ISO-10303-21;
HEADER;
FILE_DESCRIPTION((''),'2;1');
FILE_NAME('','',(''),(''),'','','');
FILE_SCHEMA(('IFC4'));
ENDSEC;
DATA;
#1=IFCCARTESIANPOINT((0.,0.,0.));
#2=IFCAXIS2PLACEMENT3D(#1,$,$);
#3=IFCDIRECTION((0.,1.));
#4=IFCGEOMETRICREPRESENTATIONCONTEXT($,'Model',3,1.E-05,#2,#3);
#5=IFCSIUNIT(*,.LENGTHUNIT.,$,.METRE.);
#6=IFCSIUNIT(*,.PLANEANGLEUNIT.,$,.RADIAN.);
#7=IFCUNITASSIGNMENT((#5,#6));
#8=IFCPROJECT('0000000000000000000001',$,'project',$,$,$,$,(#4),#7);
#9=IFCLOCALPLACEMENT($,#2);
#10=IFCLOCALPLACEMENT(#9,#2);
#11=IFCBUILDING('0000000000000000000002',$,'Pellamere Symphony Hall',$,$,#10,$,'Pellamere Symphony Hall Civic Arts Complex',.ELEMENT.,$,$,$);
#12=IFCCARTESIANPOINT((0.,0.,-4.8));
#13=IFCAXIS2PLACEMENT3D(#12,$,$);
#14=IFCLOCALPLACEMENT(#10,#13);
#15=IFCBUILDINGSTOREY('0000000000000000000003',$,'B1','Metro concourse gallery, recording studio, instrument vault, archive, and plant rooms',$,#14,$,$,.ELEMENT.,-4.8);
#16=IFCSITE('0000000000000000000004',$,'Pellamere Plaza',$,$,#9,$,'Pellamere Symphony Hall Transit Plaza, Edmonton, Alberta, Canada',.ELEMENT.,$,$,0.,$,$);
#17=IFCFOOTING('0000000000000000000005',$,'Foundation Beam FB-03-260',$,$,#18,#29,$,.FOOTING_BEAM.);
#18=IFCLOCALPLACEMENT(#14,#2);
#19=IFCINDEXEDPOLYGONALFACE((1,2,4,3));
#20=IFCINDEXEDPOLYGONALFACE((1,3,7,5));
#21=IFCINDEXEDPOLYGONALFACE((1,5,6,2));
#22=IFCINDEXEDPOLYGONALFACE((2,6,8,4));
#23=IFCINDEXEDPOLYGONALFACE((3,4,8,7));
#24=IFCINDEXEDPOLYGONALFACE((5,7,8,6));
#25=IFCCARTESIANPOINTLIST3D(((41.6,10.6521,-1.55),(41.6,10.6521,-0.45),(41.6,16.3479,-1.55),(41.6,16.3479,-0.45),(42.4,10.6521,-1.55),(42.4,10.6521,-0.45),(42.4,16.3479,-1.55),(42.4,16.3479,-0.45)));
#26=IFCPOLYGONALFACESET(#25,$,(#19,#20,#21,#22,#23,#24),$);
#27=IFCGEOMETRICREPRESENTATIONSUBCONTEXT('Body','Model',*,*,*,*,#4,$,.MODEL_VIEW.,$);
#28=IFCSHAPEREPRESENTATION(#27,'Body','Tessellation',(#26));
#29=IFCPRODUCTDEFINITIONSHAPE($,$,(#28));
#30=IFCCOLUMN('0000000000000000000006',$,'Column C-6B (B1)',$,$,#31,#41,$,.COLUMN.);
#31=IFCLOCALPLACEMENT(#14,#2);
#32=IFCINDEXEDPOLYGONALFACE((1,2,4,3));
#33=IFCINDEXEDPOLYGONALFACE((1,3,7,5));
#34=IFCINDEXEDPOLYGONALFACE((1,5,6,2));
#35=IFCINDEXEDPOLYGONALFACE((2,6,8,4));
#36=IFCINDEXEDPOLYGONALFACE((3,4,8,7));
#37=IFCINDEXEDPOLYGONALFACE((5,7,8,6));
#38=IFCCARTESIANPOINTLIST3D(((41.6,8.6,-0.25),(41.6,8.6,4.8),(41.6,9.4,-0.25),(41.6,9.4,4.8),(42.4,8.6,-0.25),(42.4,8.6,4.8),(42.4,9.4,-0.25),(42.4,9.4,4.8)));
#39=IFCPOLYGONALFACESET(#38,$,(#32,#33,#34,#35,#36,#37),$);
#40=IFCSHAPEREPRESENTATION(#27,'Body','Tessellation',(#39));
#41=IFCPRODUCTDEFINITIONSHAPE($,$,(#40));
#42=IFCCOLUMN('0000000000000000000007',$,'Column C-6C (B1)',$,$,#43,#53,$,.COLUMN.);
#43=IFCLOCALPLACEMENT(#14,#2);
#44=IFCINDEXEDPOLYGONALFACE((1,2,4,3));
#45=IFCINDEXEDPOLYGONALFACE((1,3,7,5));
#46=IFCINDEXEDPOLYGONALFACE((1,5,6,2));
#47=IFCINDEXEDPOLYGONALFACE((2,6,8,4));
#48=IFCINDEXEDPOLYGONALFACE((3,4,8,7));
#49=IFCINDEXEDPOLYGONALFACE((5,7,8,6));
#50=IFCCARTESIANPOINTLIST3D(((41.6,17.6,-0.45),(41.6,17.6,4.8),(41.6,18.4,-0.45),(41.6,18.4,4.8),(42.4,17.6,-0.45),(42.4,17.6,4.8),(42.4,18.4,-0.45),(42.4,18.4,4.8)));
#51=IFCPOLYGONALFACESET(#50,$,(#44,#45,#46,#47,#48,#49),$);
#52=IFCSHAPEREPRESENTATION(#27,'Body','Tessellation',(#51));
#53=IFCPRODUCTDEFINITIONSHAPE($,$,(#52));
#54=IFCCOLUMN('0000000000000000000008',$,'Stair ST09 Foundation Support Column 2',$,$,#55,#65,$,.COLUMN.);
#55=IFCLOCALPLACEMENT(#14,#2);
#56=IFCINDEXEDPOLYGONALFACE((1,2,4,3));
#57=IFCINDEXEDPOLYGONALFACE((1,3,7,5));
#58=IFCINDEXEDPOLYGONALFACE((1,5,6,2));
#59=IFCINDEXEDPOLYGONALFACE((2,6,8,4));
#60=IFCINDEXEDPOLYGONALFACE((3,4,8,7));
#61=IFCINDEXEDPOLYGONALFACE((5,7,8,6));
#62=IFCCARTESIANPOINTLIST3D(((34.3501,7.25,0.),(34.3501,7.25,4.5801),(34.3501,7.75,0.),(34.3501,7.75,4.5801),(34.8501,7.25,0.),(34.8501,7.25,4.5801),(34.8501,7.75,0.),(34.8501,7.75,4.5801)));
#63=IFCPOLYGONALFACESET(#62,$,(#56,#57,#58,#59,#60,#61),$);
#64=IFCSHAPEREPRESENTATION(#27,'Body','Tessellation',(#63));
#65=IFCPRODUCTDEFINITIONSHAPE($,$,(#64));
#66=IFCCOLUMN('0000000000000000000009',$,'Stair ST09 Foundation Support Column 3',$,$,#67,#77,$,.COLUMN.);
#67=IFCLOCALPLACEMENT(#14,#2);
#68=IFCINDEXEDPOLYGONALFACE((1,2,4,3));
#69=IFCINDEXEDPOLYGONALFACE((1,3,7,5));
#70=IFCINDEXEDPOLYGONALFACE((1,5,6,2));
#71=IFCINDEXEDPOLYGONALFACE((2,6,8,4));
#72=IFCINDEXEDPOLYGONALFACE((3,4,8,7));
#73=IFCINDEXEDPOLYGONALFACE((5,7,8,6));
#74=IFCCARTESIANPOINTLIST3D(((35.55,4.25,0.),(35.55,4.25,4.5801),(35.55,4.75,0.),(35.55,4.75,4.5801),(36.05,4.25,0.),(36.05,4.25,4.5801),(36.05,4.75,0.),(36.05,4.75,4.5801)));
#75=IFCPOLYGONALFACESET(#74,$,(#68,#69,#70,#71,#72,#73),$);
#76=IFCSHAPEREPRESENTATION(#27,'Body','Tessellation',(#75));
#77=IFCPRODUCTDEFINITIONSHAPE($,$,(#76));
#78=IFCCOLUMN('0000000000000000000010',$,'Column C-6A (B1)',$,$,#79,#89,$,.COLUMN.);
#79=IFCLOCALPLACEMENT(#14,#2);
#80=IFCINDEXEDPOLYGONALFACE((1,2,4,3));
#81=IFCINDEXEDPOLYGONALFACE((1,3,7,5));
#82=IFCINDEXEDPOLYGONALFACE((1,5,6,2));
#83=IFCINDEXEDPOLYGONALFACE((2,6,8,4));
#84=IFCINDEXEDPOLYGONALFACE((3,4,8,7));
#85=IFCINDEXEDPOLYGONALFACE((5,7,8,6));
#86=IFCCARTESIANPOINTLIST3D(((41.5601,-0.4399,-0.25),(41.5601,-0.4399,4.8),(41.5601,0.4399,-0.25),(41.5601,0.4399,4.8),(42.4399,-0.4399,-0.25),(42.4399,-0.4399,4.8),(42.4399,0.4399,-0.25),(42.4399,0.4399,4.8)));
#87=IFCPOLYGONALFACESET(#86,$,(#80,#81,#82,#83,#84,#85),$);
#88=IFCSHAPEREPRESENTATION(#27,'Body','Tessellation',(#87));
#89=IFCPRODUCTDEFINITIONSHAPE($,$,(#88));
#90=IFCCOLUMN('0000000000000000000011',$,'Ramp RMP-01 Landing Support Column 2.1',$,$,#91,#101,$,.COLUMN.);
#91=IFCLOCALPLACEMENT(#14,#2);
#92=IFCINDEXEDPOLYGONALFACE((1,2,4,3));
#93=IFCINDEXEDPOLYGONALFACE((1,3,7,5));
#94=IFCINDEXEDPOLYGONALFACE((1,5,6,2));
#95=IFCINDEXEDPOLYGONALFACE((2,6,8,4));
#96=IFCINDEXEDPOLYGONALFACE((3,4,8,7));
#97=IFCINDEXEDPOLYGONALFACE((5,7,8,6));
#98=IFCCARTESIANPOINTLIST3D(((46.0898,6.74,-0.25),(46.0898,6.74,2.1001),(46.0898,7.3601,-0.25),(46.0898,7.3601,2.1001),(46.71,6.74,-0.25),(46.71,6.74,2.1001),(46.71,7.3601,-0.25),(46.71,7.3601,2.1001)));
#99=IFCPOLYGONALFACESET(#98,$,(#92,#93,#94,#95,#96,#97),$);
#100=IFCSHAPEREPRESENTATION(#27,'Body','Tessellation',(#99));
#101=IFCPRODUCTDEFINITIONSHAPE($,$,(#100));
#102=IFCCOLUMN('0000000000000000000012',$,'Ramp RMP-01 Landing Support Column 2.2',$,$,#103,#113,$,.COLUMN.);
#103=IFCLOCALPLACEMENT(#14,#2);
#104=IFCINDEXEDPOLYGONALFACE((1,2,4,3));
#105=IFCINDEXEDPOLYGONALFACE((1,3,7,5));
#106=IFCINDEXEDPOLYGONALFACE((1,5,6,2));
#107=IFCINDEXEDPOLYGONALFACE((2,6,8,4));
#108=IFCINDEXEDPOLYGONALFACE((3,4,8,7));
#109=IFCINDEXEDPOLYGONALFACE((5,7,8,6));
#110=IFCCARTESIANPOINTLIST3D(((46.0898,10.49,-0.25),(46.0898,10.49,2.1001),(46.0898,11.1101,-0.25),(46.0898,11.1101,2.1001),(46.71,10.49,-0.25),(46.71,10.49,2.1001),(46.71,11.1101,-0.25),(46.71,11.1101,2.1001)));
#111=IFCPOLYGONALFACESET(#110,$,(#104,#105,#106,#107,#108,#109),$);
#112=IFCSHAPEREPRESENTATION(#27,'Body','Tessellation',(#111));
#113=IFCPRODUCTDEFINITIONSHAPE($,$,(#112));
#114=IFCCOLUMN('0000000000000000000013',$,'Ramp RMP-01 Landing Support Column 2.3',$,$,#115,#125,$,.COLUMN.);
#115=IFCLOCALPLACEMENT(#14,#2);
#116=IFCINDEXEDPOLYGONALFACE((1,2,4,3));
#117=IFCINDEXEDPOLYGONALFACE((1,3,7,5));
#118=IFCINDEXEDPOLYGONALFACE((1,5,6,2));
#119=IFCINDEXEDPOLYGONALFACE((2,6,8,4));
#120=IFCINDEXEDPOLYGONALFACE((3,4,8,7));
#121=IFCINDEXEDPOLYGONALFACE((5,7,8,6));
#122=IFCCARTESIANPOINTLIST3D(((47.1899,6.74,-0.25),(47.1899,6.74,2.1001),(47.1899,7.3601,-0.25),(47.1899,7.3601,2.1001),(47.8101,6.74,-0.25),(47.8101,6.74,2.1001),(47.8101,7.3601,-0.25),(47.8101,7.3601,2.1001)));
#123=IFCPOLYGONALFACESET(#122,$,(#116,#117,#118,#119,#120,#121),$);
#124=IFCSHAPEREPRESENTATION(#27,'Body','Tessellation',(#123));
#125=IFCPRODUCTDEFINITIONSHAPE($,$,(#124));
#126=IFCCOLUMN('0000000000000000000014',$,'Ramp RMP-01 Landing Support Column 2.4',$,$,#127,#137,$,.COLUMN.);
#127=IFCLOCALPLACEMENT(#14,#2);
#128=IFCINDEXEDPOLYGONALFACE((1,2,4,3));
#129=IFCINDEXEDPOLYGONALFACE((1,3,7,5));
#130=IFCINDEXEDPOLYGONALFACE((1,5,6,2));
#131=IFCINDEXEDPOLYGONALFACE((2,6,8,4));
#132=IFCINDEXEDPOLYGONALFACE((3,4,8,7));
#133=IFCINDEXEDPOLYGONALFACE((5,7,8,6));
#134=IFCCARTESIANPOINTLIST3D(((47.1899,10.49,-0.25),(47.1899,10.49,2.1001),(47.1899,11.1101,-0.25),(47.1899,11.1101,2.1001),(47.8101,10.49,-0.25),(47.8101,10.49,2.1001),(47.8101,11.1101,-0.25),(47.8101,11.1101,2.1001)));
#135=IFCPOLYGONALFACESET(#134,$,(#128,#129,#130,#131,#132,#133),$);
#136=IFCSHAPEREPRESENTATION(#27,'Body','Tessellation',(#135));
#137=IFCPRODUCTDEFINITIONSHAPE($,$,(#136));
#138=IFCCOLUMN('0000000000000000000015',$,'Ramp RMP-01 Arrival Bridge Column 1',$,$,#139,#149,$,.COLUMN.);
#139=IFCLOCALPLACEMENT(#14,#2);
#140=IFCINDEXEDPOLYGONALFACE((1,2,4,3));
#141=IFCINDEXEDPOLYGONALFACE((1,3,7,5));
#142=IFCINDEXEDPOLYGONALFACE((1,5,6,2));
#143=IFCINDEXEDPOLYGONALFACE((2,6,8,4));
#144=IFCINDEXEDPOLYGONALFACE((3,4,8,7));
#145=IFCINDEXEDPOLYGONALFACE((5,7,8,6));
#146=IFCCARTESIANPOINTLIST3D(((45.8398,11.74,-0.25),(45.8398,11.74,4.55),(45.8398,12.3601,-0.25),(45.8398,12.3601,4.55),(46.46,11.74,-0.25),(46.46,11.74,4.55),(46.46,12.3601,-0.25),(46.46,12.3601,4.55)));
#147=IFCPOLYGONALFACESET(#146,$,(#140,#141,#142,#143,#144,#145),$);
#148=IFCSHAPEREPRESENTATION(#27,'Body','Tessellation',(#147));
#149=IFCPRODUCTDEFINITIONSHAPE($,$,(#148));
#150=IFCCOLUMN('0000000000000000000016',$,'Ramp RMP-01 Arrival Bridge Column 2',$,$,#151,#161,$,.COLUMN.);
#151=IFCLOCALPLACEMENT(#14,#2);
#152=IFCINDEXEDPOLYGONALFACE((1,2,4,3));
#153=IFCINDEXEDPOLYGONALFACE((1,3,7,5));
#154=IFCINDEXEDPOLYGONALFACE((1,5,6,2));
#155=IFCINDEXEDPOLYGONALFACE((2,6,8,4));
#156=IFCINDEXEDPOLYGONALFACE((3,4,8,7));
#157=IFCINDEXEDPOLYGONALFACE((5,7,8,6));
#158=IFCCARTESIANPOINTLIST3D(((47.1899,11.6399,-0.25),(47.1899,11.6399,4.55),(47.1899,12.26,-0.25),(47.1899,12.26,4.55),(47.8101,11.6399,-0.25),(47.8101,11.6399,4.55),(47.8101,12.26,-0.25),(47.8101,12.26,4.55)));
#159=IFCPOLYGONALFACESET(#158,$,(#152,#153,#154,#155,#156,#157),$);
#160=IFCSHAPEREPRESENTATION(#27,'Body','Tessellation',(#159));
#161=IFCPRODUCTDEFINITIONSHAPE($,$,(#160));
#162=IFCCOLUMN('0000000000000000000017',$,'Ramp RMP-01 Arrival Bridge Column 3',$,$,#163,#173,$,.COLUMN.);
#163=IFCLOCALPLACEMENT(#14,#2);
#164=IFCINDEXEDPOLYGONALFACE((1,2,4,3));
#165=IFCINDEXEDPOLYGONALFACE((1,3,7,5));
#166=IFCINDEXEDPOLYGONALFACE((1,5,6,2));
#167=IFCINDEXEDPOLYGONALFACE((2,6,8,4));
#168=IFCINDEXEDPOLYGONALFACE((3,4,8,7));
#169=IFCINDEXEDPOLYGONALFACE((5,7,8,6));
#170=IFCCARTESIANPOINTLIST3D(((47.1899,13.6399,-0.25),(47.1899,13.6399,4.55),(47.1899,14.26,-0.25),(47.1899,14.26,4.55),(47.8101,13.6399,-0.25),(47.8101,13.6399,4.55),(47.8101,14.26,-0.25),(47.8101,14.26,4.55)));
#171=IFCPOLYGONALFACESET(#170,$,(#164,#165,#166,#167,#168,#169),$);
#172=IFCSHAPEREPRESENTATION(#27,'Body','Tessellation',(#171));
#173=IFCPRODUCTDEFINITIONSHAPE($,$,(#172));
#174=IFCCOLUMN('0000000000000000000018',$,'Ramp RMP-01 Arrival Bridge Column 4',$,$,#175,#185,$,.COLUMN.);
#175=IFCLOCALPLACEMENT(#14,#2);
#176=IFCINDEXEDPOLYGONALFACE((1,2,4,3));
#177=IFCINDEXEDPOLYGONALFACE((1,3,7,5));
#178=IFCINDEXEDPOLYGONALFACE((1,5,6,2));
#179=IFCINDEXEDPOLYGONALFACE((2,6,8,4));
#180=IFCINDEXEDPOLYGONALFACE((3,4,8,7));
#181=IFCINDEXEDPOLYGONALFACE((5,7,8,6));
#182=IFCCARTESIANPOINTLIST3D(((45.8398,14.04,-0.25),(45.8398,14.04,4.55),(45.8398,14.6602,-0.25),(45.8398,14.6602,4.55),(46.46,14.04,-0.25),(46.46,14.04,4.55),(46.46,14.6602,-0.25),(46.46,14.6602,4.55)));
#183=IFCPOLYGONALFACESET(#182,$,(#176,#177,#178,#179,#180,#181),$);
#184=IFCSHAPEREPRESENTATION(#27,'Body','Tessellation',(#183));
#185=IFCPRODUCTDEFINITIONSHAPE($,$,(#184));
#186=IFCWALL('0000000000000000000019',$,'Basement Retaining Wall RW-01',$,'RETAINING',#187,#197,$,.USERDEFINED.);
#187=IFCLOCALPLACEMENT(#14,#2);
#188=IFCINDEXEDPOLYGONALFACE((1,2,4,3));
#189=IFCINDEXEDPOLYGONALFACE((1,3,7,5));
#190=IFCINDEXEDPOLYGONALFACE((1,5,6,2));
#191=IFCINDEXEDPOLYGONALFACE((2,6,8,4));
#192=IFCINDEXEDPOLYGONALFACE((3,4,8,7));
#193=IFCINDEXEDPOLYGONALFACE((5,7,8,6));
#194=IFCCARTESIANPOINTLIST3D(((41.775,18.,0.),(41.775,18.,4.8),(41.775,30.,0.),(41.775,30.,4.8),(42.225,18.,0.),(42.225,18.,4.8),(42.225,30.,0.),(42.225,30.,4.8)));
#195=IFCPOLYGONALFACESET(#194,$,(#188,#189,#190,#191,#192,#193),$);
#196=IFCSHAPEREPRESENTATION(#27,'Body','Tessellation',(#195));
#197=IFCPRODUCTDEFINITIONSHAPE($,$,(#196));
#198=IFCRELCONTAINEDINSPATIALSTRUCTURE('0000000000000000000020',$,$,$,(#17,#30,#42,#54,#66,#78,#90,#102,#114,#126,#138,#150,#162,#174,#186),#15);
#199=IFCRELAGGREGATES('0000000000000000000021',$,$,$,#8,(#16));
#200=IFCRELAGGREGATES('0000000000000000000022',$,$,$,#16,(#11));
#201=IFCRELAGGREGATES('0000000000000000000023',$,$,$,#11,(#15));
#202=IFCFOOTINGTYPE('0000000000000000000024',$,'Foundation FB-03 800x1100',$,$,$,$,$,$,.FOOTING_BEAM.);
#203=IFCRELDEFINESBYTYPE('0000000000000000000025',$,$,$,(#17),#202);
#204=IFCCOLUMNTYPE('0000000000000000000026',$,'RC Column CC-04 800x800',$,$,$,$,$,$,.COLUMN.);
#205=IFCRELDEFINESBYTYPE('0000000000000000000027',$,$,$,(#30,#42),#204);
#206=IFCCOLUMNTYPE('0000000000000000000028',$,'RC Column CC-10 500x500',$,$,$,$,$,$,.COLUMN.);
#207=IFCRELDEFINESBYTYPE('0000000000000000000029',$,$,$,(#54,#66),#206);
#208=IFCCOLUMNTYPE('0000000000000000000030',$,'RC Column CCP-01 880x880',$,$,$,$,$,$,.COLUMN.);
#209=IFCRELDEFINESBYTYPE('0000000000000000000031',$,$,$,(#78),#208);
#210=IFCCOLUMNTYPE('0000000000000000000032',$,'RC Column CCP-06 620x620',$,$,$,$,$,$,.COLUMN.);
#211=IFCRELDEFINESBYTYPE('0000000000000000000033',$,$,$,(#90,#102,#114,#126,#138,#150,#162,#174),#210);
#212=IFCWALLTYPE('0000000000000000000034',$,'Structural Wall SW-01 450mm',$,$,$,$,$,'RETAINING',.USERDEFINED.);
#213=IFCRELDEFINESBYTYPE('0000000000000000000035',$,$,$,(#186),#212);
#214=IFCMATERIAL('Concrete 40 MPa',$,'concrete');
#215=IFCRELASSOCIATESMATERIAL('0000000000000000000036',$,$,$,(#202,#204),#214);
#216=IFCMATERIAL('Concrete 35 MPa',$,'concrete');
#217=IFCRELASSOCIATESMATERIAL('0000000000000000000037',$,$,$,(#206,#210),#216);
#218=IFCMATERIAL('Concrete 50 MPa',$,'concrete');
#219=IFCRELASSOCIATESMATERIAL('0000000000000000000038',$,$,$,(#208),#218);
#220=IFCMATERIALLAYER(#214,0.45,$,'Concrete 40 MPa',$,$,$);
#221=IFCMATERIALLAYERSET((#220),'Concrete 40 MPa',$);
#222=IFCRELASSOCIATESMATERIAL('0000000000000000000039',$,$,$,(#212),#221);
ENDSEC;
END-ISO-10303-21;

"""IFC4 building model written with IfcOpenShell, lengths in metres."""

from ifc_helpers import new_model, si_unit, direction, frame, frame_2d, origin, origin_2d, place, context, subcontext, project, spatial, rectangle, extrude, material, layer, layer_set, material_profile, profile_set, type_object, element, save


model = new_model("IFC4")

# Units and contexts
model_context = context("Model", 3, precision=1e-05, world=origin(), true_north=direction((0.0, 1.0)))
body_context = subcontext(model_context, "Body", "Model", "MODEL_VIEW")
ifc_project = project(units=[si_unit("LENGTHUNIT", "METRE"), si_unit("PLANEANGLEUNIT", "RADIAN")], contexts=[model_context])

# Site, building, storey
site_placement = place(None, origin())
site = spatial("IfcSite", under=ifc_project, at=site_placement, Name="Pellamere Plaza", LongName="Pellamere Symphony Hall Transit Plaza, Edmonton, Alberta, Canada", CompositionType="ELEMENT", RefElevation=0.0)
building_placement = place(site_placement, origin())
building = spatial("IfcBuilding", under=site, at=building_placement, Name="Pellamere Symphony Hall", LongName="Pellamere Symphony Hall Civic Arts Complex", CompositionType="ELEMENT")
storey_placement = place(building_placement, frame((0.0, 0.0, -4.8)))
storey = spatial("IfcBuildingStorey", under=building, at=storey_placement, Name="B1", Description="Metro concourse gallery, recording studio, instrument vault, archive, and plant rooms", CompositionType="ELEMENT", Elevation=-4.8)

# Shared definitions
ifc_material_1 = material(Name="Concrete 35 MPa", Category="concrete")

# Footing
ifc_material_2 = material(Name="Concrete 40 MPa", Category="concrete")
ifc_material_profile_1 = material_profile(ifc_material_2, rectangle(XDim=0.8, YDim=1.1001, at=origin_2d()), Name="RC 800x1100")
ifc_profile_set_1 = profile_set([ifc_material_profile_1], Name="Concrete 40 MPa")
footing_type_1 = type_object("IfcFootingType", Name="Foundation FB-03 800x1100", PredefinedType="FOOTING_BEAM", material=ifc_profile_set_1)
for number, where, z_axis, x_axis, name in (
    (1, (42.0, 10.6521, -1.0), (0.0, 1.0, 0.0), (-1.0, 0.0, 0.0), "Foundation Beam FB-03-260"),
):
    element("IfcFooting", number, at=place(storey_placement, frame(where, z_axis=z_axis, x_axis=x_axis)), inside=storey, type_object=footing_type_1, Name=name, PredefinedType="FOOTING_BEAM", context=body_context, shape_type="SweptSolid", body=[
        extrude(rectangle(XDim=0.8, YDim=1.1001, at=origin_2d()), origin(), (0.0, 0.0, 1.0), 5.6958),
    ])

# Columns
ifc_material_profile_2 = material_profile(ifc_material_2, rectangle(XDim=0.8, YDim=0.8, at=origin_2d()), Name="RC 800x800")
ifc_profile_set_2 = profile_set([ifc_material_profile_2], Name="Concrete 40 MPa")
column_type_1 = type_object("IfcColumnType", Name="RC Column CC-04 800x800", PredefinedType="COLUMN", material=ifc_profile_set_2)
column_1_placement = place(storey_placement, frame((42.0, 9.0, -0.25), z_axis=(0.0, 0.0, 1.0), x_axis=(1.0, 0.0, 0.0)))
element("IfcColumn", 2, at=column_1_placement, inside=storey, type_object=column_type_1, Name="Column C-6B (B1)", PredefinedType="COLUMN", context=body_context, shape_type="SweptSolid", body=[
    extrude(rectangle(XDim=0.8, YDim=0.8, at=origin_2d()), origin(), (0.0, 0.0, 1.0), 5.05),
])
column_2_placement = place(storey_placement, frame((42.0, 18.0, -0.45), z_axis=(0.0, 0.0, 1.0), x_axis=(1.0, 0.0, 0.0)))
element("IfcColumn", 3, at=column_2_placement, inside=storey, type_object=column_type_1, Name="Column C-6C (B1)", PredefinedType="COLUMN", context=body_context, shape_type="SweptSolid", body=[
    extrude(rectangle(XDim=0.8, YDim=0.8, at=origin_2d()), origin(), (0.0, 0.0, 1.0), 5.25),
])
ifc_material_profile_3 = material_profile(ifc_material_1, rectangle(XDim=0.5, YDim=0.5, at=origin_2d()), Name="RC 500x500")
ifc_profile_set_3 = profile_set([ifc_material_profile_3], Name="Concrete 35 MPa")
column_type_2 = type_object("IfcColumnType", Name="RC Column CC-10 500x500", PredefinedType="COLUMN", material=ifc_profile_set_3)
for number, where, z_axis, x_axis, name in (
    (4, (34.6001, 7.5, 0.0), (0.0, 0.0, 1.0), (1.0, 0.0, 0.0), "Stair ST09 Foundation Support Column 2"),
    (5, (35.8, 4.5, 0.0), (0.0, 0.0, 1.0), (1.0, 0.0, 0.0), "Stair ST09 Foundation Support Column 3"),
):
    element("IfcColumn", number, at=place(storey_placement, frame(where, z_axis=z_axis, x_axis=x_axis)), inside=storey, type_object=column_type_2, Name=name, PredefinedType="COLUMN", context=body_context, shape_type="SweptSolid", body=[
        extrude(rectangle(XDim=0.5, YDim=0.5, at=origin_2d()), origin(), (0.0, 0.0, 1.0), 4.5801),
    ])
ifc_material_3 = material(Name="Concrete 50 MPa", Category="concrete")
ifc_material_profile_4 = material_profile(ifc_material_3, rectangle(XDim=0.8799, YDim=0.8799, at=origin_2d()), Name="RC 880x880")
ifc_profile_set_4 = profile_set([ifc_material_profile_4], Name="Concrete 50 MPa")
column_type_3 = type_object("IfcColumnType", Name="RC Column CCP-01 880x880", PredefinedType="COLUMN", material=ifc_profile_set_4)
column_3_placement = place(storey_placement, frame((42.0, 0.0, -0.25), z_axis=(0.0, 0.0, 1.0), x_axis=(1.0, 0.0, 0.0)))
element("IfcColumn", 6, at=column_3_placement, inside=storey, type_object=column_type_3, Name="Column C-6A (B1)", PredefinedType="COLUMN", context=body_context, shape_type="SweptSolid", body=[
    extrude(rectangle(XDim=0.8799, YDim=0.8799, at=origin_2d()), origin(), (0.0, 0.0, 1.0), 5.05),
])
ifc_material_profile_5 = material_profile(ifc_material_1, rectangle(XDim=0.6201, YDim=0.6201, at=origin_2d()), Name="RC 620x620")
ifc_profile_set_5 = profile_set([ifc_material_profile_5], Name="Concrete 35 MPa")
column_type_4 = type_object("IfcColumnType", Name="RC Column CCP-06 620x620", PredefinedType="COLUMN", material=ifc_profile_set_5)
for number, where, z_axis, x_axis, name in (
    (7, (46.3999, 7.05, -0.25), (0.0, 0.0, 1.0), (1.0, 0.0, 0.0), "Ramp RMP-01 Landing Support Column 2.1"),
    (8, (46.3999, 10.8, -0.25), (0.0, 0.0, 1.0), (1.0, 0.0, 0.0), "Ramp RMP-01 Landing Support Column 2.2"),
    (9, (47.5, 7.05, -0.25), (0.0, 0.0, 1.0), (1.0, 0.0, 0.0), "Ramp RMP-01 Landing Support Column 2.3"),
    (10, (47.5, 10.8, -0.25), (0.0, 0.0, 1.0), (1.0, 0.0, 0.0), "Ramp RMP-01 Landing Support Column 2.4"),
):
    element("IfcColumn", number, at=place(storey_placement, frame(where, z_axis=z_axis, x_axis=x_axis)), inside=storey, type_object=column_type_4, Name=name, PredefinedType="COLUMN", context=body_context, shape_type="SweptSolid", body=[
        extrude(rectangle(XDim=0.6201, YDim=0.6201, at=origin_2d()), origin(), (0.0, 0.0, 1.0), 2.3501),
    ])
for number, where, z_axis, x_axis, name in (
    (11, (46.1499, 12.05, -0.25), (0.0, 0.0, 1.0), (1.0, 0.0, 0.0), "Ramp RMP-01 Arrival Bridge Column 1"),
    (12, (47.5, 11.95, -0.25), (0.0, 0.0, 1.0), (1.0, 0.0, 0.0), "Ramp RMP-01 Arrival Bridge Column 2"),
    (13, (47.5, 13.95, -0.25), (0.0, 0.0, 1.0), (1.0, 0.0, 0.0), "Ramp RMP-01 Arrival Bridge Column 3"),
    (14, (46.1499, 14.3501, -0.25), (0.0, 0.0, 1.0), (1.0, 0.0, 0.0), "Ramp RMP-01 Arrival Bridge Column 4"),
):
    element("IfcColumn", number, at=place(storey_placement, frame(where, z_axis=z_axis, x_axis=x_axis)), inside=storey, type_object=column_type_4, Name=name, PredefinedType="COLUMN", context=body_context, shape_type="SweptSolid", body=[
        extrude(rectangle(XDim=0.6201, YDim=0.6201, at=origin_2d()), origin(), (0.0, 0.0, 1.0), 4.8),
    ])

# Wall
ifc_layer = layer(ifc_material_2, 0.45, Name="Concrete 40 MPa")
ifc_layer_set = layer_set([ifc_layer], Name="Concrete 40 MPa")
wall_type = type_object("IfcWallType", Name="Structural Wall SW-01 450mm", ElementType="RETAINING", PredefinedType="USERDEFINED", material=ifc_layer_set)
wall_placement = place(storey_placement, frame((42.0, 18.0, 0.0), z_axis=(0.0, 0.0, 1.0), x_axis=(0.0, 1.0, 0.0)))
element("IfcWall", 15, at=wall_placement, inside=storey, type_object=wall_type, Name="Basement Retaining Wall RW-01", ObjectType="RETAINING", PredefinedType="USERDEFINED", context=body_context, shape_type="SweptSolid", body=[
    extrude(rectangle(XDim=12.0, YDim=0.45, at=frame_2d((6.0, 0.0))), origin(), (0.0, 0.0, 1.0), 4.8),
])

save(model, "model.ifc")
